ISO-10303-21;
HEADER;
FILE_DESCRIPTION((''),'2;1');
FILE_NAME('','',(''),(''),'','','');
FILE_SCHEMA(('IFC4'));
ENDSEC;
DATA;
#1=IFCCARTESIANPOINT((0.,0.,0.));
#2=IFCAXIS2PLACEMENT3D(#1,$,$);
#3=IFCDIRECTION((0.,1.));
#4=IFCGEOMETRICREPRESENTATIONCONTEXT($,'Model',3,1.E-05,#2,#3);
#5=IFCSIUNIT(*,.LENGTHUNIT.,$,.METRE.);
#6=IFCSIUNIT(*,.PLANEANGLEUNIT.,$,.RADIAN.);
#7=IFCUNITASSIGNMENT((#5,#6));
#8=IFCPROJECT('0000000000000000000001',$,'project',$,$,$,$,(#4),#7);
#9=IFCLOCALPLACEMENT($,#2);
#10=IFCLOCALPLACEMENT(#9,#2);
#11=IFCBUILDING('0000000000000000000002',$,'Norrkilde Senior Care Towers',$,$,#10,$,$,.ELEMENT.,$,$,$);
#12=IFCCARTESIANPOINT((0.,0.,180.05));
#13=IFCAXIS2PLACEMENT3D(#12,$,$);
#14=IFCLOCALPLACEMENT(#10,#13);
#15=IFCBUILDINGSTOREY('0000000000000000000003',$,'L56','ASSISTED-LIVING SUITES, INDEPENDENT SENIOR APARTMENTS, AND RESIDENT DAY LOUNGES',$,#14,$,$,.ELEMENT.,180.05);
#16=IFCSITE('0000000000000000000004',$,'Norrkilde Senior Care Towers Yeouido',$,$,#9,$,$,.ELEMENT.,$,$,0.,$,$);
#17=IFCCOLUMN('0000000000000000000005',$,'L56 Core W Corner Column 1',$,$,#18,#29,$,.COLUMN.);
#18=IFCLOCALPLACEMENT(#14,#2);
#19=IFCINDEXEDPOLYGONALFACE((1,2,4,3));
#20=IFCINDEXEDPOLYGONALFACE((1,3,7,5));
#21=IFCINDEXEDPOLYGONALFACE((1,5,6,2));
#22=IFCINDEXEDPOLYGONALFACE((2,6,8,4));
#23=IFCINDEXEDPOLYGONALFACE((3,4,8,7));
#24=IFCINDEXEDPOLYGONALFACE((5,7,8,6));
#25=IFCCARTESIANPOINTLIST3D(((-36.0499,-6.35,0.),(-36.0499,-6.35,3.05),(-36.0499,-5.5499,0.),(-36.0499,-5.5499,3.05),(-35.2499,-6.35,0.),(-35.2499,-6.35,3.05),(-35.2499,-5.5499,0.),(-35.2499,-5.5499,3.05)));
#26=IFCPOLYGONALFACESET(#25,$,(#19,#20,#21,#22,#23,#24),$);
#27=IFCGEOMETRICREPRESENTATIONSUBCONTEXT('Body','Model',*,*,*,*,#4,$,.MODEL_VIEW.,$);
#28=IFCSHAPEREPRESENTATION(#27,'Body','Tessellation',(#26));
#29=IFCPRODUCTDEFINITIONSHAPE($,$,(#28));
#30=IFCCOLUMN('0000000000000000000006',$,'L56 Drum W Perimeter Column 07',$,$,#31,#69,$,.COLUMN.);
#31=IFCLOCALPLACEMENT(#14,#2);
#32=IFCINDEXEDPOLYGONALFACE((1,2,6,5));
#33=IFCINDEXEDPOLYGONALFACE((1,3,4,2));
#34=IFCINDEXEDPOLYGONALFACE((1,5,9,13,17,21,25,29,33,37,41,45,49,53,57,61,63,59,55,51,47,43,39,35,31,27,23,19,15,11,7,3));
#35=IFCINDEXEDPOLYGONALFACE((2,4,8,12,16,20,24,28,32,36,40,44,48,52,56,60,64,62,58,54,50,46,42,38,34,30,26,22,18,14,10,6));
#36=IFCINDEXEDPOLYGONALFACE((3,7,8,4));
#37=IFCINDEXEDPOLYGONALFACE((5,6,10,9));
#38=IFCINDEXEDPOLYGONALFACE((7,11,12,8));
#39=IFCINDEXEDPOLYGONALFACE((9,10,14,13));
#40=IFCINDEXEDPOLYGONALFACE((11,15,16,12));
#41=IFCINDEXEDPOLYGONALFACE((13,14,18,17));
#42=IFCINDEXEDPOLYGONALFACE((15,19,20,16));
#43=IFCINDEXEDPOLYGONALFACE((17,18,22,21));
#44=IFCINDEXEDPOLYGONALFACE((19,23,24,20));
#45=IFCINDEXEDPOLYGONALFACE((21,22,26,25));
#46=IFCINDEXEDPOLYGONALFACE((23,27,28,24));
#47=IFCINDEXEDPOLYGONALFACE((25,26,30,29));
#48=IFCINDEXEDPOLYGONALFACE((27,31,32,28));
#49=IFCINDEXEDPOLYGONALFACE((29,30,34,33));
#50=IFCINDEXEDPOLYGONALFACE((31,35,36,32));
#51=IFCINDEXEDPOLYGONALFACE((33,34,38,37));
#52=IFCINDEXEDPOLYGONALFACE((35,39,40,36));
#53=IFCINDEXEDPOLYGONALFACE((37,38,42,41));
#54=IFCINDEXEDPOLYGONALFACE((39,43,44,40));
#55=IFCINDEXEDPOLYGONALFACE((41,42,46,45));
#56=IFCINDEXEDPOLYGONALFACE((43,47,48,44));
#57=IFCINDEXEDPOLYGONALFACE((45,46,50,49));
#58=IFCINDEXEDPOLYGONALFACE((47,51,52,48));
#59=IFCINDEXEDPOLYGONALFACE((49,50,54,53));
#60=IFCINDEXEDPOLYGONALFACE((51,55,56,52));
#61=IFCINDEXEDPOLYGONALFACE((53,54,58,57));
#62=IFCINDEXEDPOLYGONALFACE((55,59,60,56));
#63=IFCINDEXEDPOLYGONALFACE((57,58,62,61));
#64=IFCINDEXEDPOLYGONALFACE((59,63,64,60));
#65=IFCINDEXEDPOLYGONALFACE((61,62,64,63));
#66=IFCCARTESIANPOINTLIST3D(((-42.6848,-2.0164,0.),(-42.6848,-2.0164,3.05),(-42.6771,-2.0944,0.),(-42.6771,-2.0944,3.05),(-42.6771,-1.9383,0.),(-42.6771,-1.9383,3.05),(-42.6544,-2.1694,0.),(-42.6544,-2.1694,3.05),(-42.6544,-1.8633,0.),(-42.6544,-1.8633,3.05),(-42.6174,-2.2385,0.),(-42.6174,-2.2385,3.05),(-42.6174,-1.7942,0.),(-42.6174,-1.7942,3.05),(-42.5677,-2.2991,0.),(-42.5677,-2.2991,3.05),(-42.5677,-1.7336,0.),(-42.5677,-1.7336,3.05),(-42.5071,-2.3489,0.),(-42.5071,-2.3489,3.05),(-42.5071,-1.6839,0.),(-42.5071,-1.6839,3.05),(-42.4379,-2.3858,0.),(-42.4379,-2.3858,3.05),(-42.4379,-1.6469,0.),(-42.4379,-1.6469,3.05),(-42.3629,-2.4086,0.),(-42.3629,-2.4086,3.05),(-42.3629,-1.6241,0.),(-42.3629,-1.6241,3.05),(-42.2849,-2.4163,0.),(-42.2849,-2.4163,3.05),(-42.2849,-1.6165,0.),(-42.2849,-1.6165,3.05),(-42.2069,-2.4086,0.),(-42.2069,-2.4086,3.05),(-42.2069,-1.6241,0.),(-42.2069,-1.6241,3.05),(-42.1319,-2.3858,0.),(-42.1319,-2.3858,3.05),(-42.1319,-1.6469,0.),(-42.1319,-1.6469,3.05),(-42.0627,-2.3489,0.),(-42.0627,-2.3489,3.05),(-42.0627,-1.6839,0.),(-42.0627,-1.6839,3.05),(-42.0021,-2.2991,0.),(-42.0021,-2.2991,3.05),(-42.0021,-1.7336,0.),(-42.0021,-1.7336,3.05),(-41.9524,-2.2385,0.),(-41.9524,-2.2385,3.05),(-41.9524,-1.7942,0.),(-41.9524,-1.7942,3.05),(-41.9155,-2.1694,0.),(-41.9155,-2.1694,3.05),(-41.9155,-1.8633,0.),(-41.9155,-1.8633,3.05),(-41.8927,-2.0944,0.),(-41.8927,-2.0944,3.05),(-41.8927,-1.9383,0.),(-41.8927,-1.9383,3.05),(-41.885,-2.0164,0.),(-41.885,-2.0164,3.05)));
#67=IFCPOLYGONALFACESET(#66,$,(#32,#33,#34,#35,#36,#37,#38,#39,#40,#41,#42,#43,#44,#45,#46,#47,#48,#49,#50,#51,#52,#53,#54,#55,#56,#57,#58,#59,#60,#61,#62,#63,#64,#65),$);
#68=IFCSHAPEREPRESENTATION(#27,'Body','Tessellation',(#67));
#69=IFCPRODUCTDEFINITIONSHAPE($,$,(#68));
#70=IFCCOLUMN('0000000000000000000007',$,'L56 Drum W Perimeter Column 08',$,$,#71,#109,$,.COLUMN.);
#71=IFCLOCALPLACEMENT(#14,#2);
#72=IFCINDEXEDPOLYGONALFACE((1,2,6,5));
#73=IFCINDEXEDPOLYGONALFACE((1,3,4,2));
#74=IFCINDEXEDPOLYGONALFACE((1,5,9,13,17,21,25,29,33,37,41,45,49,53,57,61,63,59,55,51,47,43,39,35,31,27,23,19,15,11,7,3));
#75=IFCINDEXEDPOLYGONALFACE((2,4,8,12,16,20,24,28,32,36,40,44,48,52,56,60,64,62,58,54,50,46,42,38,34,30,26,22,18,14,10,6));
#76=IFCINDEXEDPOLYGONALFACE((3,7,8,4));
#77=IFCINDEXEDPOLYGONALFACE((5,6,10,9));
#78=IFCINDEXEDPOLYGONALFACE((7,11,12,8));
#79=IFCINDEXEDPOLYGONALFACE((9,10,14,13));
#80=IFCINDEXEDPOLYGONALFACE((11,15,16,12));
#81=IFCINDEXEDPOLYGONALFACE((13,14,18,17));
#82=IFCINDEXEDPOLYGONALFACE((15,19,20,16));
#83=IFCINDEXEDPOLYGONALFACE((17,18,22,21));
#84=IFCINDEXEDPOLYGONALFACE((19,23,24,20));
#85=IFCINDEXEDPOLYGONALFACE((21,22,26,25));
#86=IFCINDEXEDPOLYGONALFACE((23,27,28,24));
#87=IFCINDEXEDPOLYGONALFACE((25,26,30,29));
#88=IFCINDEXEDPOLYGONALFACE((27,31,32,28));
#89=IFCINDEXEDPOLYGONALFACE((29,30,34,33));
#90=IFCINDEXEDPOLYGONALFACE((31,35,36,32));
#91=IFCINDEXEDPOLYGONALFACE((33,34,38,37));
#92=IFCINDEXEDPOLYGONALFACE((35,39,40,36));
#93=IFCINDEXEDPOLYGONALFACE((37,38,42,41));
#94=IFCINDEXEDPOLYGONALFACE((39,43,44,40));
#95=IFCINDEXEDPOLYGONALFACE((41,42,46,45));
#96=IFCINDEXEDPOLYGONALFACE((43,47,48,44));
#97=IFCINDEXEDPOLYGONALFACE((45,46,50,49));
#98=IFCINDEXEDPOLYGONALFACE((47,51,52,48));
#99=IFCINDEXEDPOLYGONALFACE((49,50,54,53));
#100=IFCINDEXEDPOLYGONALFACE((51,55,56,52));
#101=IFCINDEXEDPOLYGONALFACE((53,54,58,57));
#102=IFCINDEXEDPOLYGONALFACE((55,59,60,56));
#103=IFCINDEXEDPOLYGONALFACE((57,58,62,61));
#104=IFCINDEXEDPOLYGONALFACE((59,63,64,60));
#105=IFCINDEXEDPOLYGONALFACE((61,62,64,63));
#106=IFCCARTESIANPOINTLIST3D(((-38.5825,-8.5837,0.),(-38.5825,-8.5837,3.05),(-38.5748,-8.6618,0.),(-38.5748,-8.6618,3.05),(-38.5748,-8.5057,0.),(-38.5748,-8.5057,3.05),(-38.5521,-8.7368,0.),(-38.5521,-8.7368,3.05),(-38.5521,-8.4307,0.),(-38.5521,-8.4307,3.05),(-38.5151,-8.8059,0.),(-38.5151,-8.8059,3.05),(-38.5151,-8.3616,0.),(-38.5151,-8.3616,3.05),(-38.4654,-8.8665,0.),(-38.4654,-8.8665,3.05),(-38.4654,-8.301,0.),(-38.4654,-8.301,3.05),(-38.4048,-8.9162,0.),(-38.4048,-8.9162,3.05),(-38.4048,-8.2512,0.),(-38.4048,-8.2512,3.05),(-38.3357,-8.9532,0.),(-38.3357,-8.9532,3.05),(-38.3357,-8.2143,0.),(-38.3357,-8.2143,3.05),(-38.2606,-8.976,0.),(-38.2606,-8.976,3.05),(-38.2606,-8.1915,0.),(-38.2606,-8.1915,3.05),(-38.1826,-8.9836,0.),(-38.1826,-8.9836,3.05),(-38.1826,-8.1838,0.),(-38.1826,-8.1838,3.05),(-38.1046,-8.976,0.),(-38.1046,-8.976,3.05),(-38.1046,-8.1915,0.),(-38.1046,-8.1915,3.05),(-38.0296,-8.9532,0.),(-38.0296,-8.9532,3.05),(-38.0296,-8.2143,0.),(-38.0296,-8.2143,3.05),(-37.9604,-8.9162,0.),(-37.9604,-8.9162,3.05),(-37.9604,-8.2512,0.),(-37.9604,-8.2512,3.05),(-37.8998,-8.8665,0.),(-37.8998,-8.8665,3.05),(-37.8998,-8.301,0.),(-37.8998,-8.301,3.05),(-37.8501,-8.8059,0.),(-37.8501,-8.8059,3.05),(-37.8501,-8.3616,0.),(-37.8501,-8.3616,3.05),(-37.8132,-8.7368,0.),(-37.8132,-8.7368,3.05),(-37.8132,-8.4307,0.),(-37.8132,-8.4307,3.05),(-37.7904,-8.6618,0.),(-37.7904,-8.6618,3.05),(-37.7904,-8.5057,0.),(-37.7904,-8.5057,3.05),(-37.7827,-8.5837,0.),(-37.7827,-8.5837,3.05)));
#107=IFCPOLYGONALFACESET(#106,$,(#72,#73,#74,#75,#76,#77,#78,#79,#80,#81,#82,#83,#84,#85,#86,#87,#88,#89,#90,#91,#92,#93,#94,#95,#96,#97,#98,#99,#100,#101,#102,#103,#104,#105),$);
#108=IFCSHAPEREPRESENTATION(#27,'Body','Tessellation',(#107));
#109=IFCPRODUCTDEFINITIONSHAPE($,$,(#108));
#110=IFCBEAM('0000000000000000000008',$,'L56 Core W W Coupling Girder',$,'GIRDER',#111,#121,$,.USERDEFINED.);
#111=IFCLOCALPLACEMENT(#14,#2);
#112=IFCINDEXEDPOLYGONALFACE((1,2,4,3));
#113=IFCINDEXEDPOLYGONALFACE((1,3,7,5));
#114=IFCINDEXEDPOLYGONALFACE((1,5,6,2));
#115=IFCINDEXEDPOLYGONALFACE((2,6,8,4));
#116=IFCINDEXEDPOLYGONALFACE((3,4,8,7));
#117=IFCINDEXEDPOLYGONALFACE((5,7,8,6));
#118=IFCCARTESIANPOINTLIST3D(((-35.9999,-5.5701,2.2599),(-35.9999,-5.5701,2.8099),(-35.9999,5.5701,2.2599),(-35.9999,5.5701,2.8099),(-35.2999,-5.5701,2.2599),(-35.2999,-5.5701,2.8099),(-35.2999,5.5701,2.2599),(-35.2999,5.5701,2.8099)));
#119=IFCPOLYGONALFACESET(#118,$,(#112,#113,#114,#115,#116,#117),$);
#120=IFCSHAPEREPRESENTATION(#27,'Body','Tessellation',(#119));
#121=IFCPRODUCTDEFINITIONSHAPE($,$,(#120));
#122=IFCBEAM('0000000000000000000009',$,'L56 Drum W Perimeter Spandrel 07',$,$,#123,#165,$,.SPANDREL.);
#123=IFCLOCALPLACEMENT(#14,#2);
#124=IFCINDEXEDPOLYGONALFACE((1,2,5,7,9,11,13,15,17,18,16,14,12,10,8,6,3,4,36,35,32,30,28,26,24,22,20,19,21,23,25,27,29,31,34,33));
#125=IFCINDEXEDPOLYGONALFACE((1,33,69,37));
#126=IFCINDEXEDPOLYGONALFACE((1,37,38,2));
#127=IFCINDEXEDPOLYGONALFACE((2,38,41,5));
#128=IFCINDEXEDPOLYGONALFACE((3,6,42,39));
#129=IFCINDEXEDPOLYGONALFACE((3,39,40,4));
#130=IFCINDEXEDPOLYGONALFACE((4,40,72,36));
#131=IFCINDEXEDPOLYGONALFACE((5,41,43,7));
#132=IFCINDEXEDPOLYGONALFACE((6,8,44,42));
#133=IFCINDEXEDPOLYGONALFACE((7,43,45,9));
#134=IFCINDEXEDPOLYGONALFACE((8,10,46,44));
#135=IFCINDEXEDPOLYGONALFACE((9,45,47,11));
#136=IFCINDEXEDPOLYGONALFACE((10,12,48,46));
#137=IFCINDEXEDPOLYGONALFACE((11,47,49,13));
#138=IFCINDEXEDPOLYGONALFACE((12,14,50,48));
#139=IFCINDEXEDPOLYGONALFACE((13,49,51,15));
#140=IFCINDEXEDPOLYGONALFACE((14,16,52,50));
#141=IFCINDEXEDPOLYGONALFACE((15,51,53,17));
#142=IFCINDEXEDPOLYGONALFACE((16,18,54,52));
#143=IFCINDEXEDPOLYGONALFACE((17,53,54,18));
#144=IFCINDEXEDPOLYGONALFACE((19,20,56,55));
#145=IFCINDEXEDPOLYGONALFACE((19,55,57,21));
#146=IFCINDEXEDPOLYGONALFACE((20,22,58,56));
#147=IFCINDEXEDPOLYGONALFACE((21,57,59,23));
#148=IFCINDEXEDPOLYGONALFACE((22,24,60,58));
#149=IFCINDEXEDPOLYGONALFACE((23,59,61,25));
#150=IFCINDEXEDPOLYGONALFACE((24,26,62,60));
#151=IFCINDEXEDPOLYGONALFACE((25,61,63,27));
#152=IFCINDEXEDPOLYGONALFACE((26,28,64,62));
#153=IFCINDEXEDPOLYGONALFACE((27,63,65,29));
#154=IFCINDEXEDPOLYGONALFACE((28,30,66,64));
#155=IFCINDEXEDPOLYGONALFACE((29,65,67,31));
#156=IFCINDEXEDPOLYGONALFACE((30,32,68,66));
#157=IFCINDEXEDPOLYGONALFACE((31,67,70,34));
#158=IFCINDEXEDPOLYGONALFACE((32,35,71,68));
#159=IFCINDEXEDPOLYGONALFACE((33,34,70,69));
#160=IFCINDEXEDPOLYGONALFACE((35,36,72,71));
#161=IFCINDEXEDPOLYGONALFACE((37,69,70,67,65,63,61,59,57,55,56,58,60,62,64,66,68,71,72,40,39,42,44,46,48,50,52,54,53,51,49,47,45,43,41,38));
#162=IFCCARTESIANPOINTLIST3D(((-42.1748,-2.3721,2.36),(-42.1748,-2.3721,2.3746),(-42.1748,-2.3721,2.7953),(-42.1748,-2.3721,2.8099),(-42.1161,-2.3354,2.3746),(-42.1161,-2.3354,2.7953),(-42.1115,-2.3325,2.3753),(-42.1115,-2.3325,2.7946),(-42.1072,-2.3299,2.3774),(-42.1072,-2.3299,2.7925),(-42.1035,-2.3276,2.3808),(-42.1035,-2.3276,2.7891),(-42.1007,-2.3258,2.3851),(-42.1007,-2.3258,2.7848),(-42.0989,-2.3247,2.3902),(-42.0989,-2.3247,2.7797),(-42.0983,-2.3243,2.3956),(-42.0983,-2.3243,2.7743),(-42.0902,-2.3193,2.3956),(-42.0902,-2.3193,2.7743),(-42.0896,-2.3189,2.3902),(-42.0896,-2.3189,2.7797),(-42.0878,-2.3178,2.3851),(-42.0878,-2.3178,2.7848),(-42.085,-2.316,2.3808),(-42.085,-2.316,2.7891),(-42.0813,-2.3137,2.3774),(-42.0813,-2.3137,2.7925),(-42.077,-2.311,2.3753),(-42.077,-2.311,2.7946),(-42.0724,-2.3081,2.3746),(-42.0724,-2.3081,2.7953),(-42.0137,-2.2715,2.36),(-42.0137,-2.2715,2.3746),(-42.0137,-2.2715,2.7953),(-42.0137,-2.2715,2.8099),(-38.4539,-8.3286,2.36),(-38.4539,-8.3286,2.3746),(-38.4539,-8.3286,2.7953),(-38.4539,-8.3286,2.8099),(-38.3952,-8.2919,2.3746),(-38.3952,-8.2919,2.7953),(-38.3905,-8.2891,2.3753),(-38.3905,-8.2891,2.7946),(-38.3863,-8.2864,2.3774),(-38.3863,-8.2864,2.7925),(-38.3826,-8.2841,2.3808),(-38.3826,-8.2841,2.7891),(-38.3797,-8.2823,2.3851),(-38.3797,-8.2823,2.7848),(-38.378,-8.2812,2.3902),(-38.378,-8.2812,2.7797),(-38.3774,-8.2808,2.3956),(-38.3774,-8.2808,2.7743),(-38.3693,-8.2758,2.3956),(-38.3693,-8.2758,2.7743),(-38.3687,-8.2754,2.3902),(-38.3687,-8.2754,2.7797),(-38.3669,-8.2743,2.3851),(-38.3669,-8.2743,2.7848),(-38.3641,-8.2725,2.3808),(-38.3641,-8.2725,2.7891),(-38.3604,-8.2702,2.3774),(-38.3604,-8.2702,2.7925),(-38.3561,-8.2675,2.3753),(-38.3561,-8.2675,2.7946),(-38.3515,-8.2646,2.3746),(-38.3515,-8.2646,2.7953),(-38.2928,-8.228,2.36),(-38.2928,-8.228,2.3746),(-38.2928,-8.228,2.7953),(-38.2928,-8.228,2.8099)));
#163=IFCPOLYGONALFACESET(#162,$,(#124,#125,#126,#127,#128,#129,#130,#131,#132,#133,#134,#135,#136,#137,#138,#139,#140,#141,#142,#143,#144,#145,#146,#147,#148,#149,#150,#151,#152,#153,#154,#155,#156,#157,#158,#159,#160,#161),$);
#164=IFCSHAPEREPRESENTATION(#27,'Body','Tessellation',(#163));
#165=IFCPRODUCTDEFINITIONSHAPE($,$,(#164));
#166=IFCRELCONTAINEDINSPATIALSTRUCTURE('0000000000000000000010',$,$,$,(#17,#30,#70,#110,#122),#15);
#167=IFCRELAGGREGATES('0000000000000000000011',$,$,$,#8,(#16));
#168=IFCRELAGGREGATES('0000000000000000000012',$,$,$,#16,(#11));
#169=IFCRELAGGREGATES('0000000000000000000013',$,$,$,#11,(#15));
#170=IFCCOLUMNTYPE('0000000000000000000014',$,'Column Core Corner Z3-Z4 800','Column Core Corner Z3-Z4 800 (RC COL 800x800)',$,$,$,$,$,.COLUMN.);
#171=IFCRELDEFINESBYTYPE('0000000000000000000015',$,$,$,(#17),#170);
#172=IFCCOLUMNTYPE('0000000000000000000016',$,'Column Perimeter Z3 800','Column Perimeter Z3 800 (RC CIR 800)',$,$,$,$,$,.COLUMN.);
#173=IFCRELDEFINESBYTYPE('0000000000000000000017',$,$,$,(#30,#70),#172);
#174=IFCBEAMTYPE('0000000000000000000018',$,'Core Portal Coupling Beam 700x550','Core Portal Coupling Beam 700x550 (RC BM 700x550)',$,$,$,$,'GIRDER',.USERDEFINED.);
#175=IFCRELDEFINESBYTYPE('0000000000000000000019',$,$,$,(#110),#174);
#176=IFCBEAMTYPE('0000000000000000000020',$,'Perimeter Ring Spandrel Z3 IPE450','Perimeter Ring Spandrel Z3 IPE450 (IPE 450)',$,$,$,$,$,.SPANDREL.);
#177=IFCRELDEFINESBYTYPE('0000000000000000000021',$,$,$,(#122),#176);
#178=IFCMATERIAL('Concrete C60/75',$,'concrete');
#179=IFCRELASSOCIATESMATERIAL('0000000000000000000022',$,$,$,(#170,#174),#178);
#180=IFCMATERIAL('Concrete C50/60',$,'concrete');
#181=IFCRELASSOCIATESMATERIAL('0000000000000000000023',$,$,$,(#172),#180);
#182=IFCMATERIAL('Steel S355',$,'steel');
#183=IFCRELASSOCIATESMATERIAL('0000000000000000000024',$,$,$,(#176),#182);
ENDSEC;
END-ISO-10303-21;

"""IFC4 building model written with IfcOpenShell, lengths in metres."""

from ifc_helpers import new_model, si_unit, direction, frame, origin, origin_2d, place, context, subcontext, project, spatial, rectangle, circle, i_section, extrude, source, transform, mapped, material, material_profile, profile_set, type_object, type_shapes, element, save


model = new_model("IFC4")

# Units and contexts
model_context = context("Model", 3, precision=1e-05, world=origin(), true_north=direction((0.0, 1.0)))
body_context = subcontext(model_context, "Body", "Model", "MODEL_VIEW")
ifc_project = project(units=[si_unit("LENGTHUNIT", "METRE"), si_unit("PLANEANGLEUNIT", "RADIAN")], contexts=[model_context])

# Site, building, storey
site_placement = place(None, origin())
site = spatial("IfcSite", under=ifc_project, at=site_placement, Name="Norrkilde Senior Care Towers Yeouido", CompositionType="ELEMENT", RefElevation=0.0)
building_placement = place(site_placement, origin())
building = spatial("IfcBuilding", under=site, at=building_placement, Name="Norrkilde Senior Care Towers", CompositionType="ELEMENT")
storey_placement = place(building_placement, frame((0.0, 0.0, 180.05)))
storey = spatial("IfcBuildingStorey", under=building, at=storey_placement, Name="L56", Description="ASSISTED-LIVING SUITES, INDEPENDENT SENIOR APARTMENTS, AND RESIDENT DAY LOUNGES", CompositionType="ELEMENT", Elevation=180.05)

# Columns
ifc_material_1 = material(Name="Concrete C60/75", Category="concrete")
ifc_material_profile_1 = material_profile(ifc_material_1, rectangle(XDim=0.8, YDim=0.8, at=origin_2d()), Name="RC COL 800x800")
ifc_profile_set_1 = profile_set([ifc_material_profile_1], Name="Concrete C60/75")
column_type_1 = type_object("IfcColumnType", Name="Column Core Corner Z3-Z4 800", Description="Column Core Corner Z3-Z4 800 (RC COL 800x800)", PredefinedType="COLUMN", material=ifc_profile_set_1)
shared_shape_1 = source(origin(), body_context, "Body", "SweptSolid", [
    extrude(rectangle(XDim=0.8, YDim=0.8, at=origin_2d()), origin(), (0.0, 0.0, 1.0), 3.05),
])
type_shapes(column_type_1, [shared_shape_1])
column_placement = place(storey_placement, frame((-35.6499, -5.95, 0.0), z_axis=(0.0, 0.0, 1.0), x_axis=(1.0, 0.0, 0.0)))
element("IfcColumn", 1, at=column_placement, inside=storey, type_object=column_type_1, Name="L56 Core W Corner Column 1", PredefinedType="COLUMN", context=body_context, shape_type="MappedRepresentation", body=[
    mapped(shared_shape_1, transform((0.0, 0.0, 0.0), x_axis=(1.0, 0.0, 0.0), y_axis=(0.0, 1.0, 0.0), z_axis=(0.0, 0.0, 1.0), scale=1.0)),
])
ifc_material_2 = material(Name="Concrete C50/60", Category="concrete")
ifc_material_profile_2 = material_profile(ifc_material_2, circle(Radius=0.3999, at=origin_2d()), Name="RC CIR 800")
ifc_profile_set_2 = profile_set([ifc_material_profile_2], Name="Concrete C50/60")
column_type_2 = type_object("IfcColumnType", Name="Column Perimeter Z3 800", Description="Column Perimeter Z3 800 (RC CIR 800)", PredefinedType="COLUMN", material=ifc_profile_set_2)
shared_shape_2 = source(origin(), body_context, "Body", "SweptSolid", [
    extrude(circle(Radius=0.3999, at=origin_2d()), origin(), (0.0, 0.0, 1.0), 3.05),
])
type_shapes(column_type_2, [shared_shape_2])
for number, where, z_axis, x_axis, name in (
    (2, (-42.2849, -2.0164, 0.0), (0.0, 0.0, 1.0), (1.0, 0.0, 0.0), "L56 Drum W Perimeter Column 07"),
    (3, (-38.1826, -8.5837, 0.0), (0.0, 0.0, 1.0), (1.0, 0.0, 0.0), "L56 Drum W Perimeter Column 08"),
):
    element("IfcColumn", number, at=place(storey_placement, frame(where, z_axis=z_axis, x_axis=x_axis)), inside=storey, type_object=column_type_2, Name=name, PredefinedType="COLUMN", context=body_context, shape_type="MappedRepresentation", body=[
        mapped(shared_shape_2, transform((0.0, 0.0, 0.0), x_axis=(1.0, 0.0, 0.0), y_axis=(0.0, 1.0, 0.0), z_axis=(0.0, 0.0, 1.0), scale=1.0)),
    ])

# Beams
ifc_material_profile_3 = material_profile(ifc_material_1, rectangle(XDim=0.7, YDim=0.55, at=origin_2d()), Name="RC BM 700x550")
ifc_profile_set_3 = profile_set([ifc_material_profile_3], Name="Concrete C60/75")
beam_type_1 = type_object("IfcBeamType", Name="Core Portal Coupling Beam 700x550", Description="Core Portal Coupling Beam 700x550 (RC BM 700x550)", ElementType="GIRDER", PredefinedType="USERDEFINED", material=ifc_profile_set_3)
shared_shape_3 = source(origin(), body_context, "Body", "SweptSolid", [
    extrude(rectangle(XDim=0.7, YDim=0.55, at=origin_2d()), origin(), (0.0, 0.0, 1.0), 11.1401),
])
type_shapes(beam_type_1, [shared_shape_3])
beam_1_placement = place(storey_placement, frame((-35.6499, -5.5701, 2.5349), z_axis=(0.0, 1.0, 0.0), x_axis=(-1.0, 0.0, 0.0)))
element("IfcBeam", 4, at=beam_1_placement, inside=storey, type_object=beam_type_1, Name="L56 Core W W Coupling Girder", ObjectType="GIRDER", PredefinedType="USERDEFINED", context=body_context, shape_type="MappedRepresentation", body=[
    mapped(shared_shape_3, transform((0.0, 0.0, 0.0), x_axis=(1.0, 0.0, 0.0), y_axis=(0.0, 1.0, 0.0), z_axis=(0.0, 0.0, 1.0), scale=1.0)),
])
ifc_material_3 = material(Name="Steel S355", Category="steel")
ifc_material_profile_4 = material_profile(ifc_material_3, i_section(OverallWidth=0.1899, OverallDepth=0.45, WebThickness=0.0095, FlangeThickness=0.0146, FilletRadius=0.021, at=origin_2d()), Name="IPE 450")
ifc_profile_set_4 = profile_set([ifc_material_profile_4], Name="Steel S355")
beam_type_2 = type_object("IfcBeamType", Name="Perimeter Ring Spandrel Z3 IPE450", Description="Perimeter Ring Spandrel Z3 IPE450 (IPE 450)", PredefinedType="SPANDREL", material=ifc_profile_set_4)
shared_shape_4 = source(origin(), body_context, "Body", "SweptSolid", [
    extrude(i_section(OverallWidth=0.1899, OverallDepth=0.45, WebThickness=0.0095, FlangeThickness=0.0146, FilletRadius=0.021, at=origin_2d()), origin(), (0.0, 0.0, 1.0), 7.0232),
])
beam_2_placement = place(storey_placement, frame((-42.0942, -2.3218, 2.585), z_axis=(0.529805, -0.848119, 0.0), x_axis=(0.848119, 0.529805, 0.0)))
element("IfcBeam", 5, at=beam_2_placement, inside=storey, type_object=beam_type_2, Name="L56 Drum W Perimeter Spandrel 07", PredefinedType="SPANDREL", context=body_context, shape_type="MappedRepresentation", body=[
    mapped(shared_shape_4, transform((0.0, 0.0, 0.0), x_axis=(1.0, 0.0, 0.0), y_axis=(0.0, 1.0, 0.0), z_axis=(0.0, 0.0, 1.0), scale=1.0)),
])

save(model, "model.ifc")
